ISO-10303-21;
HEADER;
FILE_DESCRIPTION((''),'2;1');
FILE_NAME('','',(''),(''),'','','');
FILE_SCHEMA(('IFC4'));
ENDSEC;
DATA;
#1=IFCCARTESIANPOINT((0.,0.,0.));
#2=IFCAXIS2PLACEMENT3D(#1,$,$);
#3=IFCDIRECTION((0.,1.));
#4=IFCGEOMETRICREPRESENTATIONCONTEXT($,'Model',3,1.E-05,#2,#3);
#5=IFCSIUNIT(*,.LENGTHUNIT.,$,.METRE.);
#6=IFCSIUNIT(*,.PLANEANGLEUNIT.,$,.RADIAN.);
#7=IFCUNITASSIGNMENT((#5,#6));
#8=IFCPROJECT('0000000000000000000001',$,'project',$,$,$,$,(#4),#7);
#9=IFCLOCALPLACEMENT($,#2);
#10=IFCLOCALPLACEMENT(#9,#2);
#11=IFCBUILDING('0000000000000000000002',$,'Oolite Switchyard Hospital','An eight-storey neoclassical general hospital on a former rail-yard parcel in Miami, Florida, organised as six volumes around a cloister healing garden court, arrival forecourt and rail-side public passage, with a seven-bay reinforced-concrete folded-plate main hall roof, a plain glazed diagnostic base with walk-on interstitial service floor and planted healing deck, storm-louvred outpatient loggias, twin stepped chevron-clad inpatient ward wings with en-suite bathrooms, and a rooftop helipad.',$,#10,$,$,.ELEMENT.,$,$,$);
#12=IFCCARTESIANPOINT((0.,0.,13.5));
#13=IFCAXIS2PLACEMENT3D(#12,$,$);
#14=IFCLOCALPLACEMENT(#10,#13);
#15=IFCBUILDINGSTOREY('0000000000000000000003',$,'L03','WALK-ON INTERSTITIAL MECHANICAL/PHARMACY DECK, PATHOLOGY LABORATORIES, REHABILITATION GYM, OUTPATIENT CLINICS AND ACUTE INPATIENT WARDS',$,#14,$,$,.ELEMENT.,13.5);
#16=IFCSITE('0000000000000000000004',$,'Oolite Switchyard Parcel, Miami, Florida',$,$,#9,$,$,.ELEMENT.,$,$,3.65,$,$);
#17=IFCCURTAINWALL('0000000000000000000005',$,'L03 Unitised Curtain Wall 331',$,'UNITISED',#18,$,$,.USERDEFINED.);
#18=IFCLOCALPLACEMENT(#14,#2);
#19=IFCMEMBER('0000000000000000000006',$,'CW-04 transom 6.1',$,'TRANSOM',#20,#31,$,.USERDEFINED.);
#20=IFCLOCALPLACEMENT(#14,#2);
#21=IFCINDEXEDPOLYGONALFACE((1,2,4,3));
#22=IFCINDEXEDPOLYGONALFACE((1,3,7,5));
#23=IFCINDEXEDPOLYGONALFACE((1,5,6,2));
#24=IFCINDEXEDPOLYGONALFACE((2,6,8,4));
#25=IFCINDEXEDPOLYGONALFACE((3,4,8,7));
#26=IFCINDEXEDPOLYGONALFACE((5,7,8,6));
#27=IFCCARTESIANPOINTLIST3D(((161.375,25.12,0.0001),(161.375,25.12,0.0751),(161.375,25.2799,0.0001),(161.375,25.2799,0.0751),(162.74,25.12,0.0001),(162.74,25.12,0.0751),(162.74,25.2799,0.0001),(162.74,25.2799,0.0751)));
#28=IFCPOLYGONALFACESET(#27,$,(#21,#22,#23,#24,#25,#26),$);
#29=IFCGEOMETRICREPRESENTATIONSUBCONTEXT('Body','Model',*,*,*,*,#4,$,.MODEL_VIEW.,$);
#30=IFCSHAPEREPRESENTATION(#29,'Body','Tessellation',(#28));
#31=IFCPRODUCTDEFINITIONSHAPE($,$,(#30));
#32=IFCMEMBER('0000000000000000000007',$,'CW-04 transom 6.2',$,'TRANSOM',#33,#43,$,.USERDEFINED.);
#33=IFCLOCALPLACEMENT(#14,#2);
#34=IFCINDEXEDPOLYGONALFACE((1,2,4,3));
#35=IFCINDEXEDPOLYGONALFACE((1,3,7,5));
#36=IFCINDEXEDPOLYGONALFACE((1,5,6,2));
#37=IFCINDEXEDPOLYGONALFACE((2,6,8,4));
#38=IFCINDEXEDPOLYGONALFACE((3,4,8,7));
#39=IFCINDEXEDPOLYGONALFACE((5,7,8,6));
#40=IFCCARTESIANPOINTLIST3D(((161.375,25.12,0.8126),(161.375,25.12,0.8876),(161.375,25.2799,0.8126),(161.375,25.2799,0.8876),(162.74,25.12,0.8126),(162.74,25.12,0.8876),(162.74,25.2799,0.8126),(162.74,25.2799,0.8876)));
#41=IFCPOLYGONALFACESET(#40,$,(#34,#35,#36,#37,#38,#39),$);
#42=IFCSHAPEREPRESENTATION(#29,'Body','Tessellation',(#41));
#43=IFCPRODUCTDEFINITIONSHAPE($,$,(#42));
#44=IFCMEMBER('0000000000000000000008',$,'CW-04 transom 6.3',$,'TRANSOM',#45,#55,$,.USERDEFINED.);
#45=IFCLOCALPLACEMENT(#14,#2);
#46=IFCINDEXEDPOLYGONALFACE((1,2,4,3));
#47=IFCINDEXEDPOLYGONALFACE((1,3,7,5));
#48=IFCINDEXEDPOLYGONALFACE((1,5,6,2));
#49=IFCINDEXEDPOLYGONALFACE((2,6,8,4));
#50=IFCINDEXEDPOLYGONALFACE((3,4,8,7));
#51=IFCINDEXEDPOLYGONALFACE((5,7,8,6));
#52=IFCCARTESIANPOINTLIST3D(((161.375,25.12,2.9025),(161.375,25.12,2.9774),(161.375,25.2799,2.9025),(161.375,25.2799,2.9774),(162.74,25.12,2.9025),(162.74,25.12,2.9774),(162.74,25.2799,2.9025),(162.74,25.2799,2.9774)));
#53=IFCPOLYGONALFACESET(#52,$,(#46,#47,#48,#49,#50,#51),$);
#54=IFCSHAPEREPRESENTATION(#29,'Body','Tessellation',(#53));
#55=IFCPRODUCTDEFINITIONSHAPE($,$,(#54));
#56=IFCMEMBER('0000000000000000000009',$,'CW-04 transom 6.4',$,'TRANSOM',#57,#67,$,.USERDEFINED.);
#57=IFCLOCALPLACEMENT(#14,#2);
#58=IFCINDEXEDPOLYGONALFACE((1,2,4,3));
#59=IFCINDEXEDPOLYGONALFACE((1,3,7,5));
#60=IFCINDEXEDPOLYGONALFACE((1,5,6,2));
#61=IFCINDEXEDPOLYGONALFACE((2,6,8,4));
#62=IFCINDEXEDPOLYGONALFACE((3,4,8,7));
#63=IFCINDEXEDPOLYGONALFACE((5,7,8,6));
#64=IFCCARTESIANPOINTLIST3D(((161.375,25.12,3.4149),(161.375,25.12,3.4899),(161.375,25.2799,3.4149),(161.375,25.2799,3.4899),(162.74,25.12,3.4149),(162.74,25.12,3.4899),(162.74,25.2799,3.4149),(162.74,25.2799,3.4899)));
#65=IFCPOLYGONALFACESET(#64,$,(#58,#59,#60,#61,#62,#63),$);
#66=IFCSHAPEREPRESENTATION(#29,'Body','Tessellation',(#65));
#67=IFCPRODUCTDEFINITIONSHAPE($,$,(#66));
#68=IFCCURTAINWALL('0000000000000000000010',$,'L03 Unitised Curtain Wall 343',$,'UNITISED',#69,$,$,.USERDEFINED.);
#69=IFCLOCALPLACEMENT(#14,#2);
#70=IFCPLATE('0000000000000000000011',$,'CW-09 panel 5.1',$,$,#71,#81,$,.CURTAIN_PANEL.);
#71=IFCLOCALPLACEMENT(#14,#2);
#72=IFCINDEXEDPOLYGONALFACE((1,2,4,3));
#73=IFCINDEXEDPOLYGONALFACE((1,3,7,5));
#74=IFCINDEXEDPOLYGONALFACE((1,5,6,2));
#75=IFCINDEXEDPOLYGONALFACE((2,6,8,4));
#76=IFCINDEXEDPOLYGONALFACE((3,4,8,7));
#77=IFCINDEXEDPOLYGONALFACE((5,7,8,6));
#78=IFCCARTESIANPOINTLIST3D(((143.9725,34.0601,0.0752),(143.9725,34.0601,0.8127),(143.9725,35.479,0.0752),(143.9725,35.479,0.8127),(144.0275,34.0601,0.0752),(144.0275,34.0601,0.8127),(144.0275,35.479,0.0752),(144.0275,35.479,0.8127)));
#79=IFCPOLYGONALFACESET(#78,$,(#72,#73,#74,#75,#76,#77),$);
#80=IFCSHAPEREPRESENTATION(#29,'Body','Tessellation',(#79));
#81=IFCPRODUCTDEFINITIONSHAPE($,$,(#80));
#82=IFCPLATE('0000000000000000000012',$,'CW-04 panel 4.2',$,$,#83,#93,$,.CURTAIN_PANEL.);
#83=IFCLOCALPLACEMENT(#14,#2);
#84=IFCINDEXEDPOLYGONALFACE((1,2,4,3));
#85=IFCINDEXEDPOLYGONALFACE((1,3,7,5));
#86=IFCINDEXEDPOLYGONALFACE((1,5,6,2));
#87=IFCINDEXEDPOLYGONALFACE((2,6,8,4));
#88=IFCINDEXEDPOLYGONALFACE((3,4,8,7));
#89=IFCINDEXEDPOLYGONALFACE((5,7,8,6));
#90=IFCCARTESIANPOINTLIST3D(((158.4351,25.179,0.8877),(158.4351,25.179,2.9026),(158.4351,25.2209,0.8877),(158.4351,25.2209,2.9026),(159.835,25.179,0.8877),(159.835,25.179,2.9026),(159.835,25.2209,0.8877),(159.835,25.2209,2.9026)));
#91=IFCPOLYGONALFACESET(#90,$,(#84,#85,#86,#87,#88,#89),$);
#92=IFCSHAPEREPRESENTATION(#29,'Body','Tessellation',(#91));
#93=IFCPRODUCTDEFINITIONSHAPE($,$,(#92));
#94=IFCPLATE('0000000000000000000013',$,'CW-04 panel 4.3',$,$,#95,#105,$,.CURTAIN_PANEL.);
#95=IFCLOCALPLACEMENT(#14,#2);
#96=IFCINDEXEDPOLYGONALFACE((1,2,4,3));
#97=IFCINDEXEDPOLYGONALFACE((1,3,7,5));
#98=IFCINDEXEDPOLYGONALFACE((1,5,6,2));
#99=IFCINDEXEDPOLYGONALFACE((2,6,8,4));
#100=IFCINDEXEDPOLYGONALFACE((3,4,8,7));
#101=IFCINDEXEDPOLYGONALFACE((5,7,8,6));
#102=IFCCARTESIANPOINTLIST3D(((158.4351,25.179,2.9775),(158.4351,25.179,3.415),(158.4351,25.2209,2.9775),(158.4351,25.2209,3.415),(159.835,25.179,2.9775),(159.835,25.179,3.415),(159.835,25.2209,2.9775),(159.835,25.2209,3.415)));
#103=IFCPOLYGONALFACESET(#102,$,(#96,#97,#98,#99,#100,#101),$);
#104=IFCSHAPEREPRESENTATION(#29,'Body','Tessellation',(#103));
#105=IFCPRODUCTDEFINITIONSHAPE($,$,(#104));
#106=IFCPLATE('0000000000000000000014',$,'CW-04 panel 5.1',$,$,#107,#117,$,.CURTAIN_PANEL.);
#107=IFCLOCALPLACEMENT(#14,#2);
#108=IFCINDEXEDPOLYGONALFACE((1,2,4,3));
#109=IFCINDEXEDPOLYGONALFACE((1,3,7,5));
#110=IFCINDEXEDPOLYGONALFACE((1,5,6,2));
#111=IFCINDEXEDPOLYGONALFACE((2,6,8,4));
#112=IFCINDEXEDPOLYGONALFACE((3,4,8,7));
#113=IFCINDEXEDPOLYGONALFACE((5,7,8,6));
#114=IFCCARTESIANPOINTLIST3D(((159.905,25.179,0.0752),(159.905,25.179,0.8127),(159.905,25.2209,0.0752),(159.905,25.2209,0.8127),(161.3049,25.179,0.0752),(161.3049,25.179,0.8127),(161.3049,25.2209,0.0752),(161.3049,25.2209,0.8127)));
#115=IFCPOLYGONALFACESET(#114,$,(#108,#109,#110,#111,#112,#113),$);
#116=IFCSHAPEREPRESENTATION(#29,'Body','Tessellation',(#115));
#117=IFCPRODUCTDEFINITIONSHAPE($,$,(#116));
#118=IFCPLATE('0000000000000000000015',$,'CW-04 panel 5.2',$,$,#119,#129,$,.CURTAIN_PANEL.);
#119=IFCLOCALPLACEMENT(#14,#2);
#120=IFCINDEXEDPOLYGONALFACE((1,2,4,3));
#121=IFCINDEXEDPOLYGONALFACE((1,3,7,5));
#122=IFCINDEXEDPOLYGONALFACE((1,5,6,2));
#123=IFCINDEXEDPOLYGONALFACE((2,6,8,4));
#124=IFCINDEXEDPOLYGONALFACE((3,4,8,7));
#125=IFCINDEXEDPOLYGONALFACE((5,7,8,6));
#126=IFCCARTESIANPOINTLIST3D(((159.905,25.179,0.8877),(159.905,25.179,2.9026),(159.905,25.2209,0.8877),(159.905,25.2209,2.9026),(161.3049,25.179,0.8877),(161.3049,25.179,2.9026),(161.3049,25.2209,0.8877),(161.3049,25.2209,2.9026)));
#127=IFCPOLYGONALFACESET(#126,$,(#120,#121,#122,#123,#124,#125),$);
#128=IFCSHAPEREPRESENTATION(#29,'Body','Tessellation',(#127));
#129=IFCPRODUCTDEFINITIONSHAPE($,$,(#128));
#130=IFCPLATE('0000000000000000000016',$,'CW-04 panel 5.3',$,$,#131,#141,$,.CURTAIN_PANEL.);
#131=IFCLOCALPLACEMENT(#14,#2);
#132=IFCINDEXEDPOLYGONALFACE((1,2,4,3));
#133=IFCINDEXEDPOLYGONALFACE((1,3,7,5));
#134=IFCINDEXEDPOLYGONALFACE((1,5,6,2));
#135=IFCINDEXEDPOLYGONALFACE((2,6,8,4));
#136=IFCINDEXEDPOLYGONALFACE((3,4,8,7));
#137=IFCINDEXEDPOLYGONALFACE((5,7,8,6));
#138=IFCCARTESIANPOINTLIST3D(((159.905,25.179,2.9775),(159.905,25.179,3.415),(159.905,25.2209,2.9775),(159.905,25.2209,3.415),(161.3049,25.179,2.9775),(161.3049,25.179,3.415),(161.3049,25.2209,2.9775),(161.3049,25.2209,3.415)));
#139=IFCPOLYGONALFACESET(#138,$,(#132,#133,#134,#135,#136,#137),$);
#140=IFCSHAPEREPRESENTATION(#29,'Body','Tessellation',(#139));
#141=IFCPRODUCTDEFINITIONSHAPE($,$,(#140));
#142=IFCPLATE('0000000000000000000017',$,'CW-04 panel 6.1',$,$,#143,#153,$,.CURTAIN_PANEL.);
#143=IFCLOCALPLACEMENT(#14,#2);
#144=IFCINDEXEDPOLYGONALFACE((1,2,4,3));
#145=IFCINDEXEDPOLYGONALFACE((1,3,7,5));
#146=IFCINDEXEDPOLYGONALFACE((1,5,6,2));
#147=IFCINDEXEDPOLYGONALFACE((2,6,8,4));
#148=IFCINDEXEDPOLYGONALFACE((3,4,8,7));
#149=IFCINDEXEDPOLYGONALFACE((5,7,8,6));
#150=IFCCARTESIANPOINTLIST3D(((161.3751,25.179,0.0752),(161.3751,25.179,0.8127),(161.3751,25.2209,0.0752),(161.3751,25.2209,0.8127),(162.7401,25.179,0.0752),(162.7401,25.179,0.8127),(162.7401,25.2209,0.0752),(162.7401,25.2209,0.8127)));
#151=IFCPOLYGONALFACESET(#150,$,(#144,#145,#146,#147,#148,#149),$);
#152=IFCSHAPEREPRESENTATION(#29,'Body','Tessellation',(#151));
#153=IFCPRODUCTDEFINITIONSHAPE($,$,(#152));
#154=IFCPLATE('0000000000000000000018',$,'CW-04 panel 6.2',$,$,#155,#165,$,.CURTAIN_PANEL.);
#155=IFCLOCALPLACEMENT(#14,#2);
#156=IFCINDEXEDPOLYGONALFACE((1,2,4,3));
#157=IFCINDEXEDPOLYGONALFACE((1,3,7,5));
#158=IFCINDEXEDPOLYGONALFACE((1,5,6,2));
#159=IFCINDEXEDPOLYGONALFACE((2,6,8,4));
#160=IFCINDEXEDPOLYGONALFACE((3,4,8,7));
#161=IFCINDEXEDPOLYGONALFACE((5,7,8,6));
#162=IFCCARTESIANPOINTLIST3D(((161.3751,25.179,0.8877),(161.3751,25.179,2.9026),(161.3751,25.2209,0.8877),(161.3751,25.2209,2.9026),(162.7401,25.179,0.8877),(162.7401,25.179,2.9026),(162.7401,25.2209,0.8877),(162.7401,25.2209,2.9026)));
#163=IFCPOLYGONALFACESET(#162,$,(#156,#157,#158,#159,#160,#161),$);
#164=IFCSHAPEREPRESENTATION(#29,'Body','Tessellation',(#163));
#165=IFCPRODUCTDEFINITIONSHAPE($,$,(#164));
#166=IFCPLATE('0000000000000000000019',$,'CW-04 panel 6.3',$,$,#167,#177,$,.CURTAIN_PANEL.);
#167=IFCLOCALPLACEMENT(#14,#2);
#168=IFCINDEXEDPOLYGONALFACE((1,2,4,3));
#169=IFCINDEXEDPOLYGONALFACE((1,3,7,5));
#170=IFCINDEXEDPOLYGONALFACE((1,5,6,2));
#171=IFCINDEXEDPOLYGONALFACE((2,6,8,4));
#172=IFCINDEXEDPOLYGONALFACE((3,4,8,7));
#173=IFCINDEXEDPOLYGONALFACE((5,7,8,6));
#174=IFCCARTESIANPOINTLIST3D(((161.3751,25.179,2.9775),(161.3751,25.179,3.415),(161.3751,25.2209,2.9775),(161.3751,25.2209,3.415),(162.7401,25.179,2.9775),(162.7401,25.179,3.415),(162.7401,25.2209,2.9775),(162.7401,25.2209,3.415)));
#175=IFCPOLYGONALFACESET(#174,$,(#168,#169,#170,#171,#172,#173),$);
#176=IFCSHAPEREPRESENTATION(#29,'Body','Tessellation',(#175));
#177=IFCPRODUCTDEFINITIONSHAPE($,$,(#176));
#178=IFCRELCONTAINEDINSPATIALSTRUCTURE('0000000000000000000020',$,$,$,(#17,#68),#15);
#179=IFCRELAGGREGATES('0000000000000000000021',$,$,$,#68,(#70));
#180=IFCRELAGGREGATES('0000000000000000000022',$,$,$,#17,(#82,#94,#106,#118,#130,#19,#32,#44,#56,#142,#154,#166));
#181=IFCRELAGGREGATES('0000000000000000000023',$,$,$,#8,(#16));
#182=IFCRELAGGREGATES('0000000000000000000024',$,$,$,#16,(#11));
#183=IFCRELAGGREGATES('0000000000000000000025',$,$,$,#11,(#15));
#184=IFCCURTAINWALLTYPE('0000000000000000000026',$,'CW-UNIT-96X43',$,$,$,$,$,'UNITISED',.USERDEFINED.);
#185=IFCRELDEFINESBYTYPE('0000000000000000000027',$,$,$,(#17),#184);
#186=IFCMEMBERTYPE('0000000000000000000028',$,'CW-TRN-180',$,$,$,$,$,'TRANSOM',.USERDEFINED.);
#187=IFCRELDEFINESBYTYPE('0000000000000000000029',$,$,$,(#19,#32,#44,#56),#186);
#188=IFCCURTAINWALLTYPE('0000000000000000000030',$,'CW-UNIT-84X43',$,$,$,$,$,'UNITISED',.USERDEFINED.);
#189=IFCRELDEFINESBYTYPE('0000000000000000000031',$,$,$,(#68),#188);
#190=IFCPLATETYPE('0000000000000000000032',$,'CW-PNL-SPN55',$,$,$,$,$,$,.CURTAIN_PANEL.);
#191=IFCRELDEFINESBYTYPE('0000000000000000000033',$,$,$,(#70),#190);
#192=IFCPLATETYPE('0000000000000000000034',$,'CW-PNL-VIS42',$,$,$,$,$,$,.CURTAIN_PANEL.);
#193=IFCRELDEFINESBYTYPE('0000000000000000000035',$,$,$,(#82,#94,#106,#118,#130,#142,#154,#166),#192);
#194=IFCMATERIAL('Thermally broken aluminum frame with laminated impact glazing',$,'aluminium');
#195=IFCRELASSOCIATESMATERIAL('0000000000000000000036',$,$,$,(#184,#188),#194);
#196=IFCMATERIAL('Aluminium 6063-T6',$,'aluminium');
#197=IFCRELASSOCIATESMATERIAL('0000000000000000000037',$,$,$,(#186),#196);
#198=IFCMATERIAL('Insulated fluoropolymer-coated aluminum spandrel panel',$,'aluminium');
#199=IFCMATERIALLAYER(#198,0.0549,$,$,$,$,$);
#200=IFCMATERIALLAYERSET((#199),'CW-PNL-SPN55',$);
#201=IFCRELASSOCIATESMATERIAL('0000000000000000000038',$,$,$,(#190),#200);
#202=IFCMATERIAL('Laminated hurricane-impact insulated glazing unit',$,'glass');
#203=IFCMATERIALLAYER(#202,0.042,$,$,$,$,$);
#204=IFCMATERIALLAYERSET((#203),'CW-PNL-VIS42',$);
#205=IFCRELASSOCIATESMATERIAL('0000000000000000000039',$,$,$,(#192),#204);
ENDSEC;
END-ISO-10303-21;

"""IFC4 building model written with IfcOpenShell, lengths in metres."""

from ifc_helpers import new_model, si_unit, direction, frame, origin, origin_2d, place, context, subcontext, project, spatial, rectangle, extrude, material, layer, layer_set, material_profile, profile_set, type_object, element, aggregate, save


model = new_model("IFC4")

# Units and contexts
model_context = context("Model", 3, precision=1e-05, world=origin(), true_north=direction((0.0, 1.0)))
body_context = subcontext(model_context, "Body", "Model", "MODEL_VIEW")
ifc_project = project(units=[si_unit("LENGTHUNIT", "METRE"), si_unit("PLANEANGLEUNIT", "RADIAN")], contexts=[model_context])

# Site, building, storey
site_placement = place(None, origin())
site = spatial("IfcSite", under=ifc_project, at=site_placement, Name="Oolite Switchyard Parcel, Miami, Florida", CompositionType="ELEMENT", RefElevation=3.65)
building_placement = place(site_placement, origin())
building = spatial("IfcBuilding", under=site, at=building_placement, Name="Oolite Switchyard Hospital", Description="An eight-storey neoclassical general hospital on a former rail-yard parcel in Miami, Florida, organised as six volumes around a cloister healing garden court, arrival forecourt and rail-side public passage, with a seven-bay reinforced-concrete folded-plate main hall roof, a plain glazed diagnostic base with walk-on interstitial service floor and planted healing deck, storm-louvred outpatient loggias, twin stepped chevron-clad inpatient ward wings with en-suite bathrooms, and a rooftop helipad.", CompositionType="ELEMENT")
storey_placement = place(building_placement, frame((0.0, 0.0, 13.5)))
storey = spatial("IfcBuildingStorey", under=building, at=storey_placement, Name="L03", Description="WALK-ON INTERSTITIAL MECHANICAL/PHARMACY DECK, PATHOLOGY LABORATORIES, REHABILITATION GYM, OUTPATIENT CLINICS AND ACUTE INPATIENT WARDS", CompositionType="ELEMENT", Elevation=13.5)

# Curtain wall
ifc_material_1 = material(Name="Thermally broken aluminum frame with laminated impact glazing", Category="aluminium")
curtain_wall_type_1 = type_object("IfcCurtainWallType", Name="CW-UNIT-96X43", ElementType="UNITISED", PredefinedType="USERDEFINED", material=ifc_material_1)
curtain_wall_1_placement = place(storey_placement, origin())
curtain_wall_1 = element("IfcCurtainWall", 1, at=curtain_wall_1_placement, inside=storey, type_object=curtain_wall_type_1, Name="L03 Unitised Curtain Wall 331", ObjectType="UNITISED", PredefinedType="USERDEFINED")
ifc_material_2 = material(Name="Aluminium 6063-T6", Category="aluminium")

# Members
ifc_material_profile_1 = material_profile(ifc_material_2, rectangle(XDim=0.1599, YDim=0.075, at=origin_2d()), Name="CWT75X160")
ifc_profile_set_1 = profile_set([ifc_material_profile_1], Name="Aluminium 6063-T6")
member_type_1 = type_object("IfcMemberType", Name="CW-TRN-180", ElementType="TRANSOM", PredefinedType="USERDEFINED", material=ifc_profile_set_1)
member_1_placement = place(storey_placement, frame((161.375, 25.2, 0.0376), z_axis=(1.0, 0.0, 0.0), x_axis=(0.0, 1.0, 0.0)))
member_1 = element("IfcMember", 2, at=member_1_placement, type_object=member_type_1, Name="CW-04 transom 6.1", ObjectType="TRANSOM", PredefinedType="USERDEFINED", context=body_context, shape_type="SweptSolid", body=[
    extrude(rectangle(XDim=0.1599, YDim=0.075, at=origin_2d()), origin(), (0.0, 0.0, 1.0), 1.365),
])
member_2_placement = place(storey_placement, frame((161.375, 25.2, 0.8501), z_axis=(1.0, 0.0, 0.0), x_axis=(0.0, 1.0, 0.0)))
member_2 = element("IfcMember", 3, at=member_2_placement, type_object=member_type_1, Name="CW-04 transom 6.2", ObjectType="TRANSOM", PredefinedType="USERDEFINED", context=body_context, shape_type="SweptSolid", body=[
    extrude(rectangle(XDim=0.1599, YDim=0.075, at=origin_2d()), origin(), (0.0, 0.0, 1.0), 1.365),
])
member_3_placement = place(storey_placement, frame((161.375, 25.2, 2.9399), z_axis=(1.0, 0.0, 0.0), x_axis=(0.0, 1.0, 0.0)))
member_3 = element("IfcMember", 4, at=member_3_placement, type_object=member_type_1, Name="CW-04 transom 6.3", ObjectType="TRANSOM", PredefinedType="USERDEFINED", context=body_context, shape_type="SweptSolid", body=[
    extrude(rectangle(XDim=0.1599, YDim=0.075, at=origin_2d()), origin(), (0.0, 0.0, 1.0), 1.365),
])
member_4_placement = place(storey_placement, frame((161.375, 25.2, 3.4524), z_axis=(1.0, 0.0, 0.0), x_axis=(0.0, 1.0, 0.0)))
member_4 = element("IfcMember", 5, at=member_4_placement, type_object=member_type_1, Name="CW-04 transom 6.4", ObjectType="TRANSOM", PredefinedType="USERDEFINED", context=body_context, shape_type="SweptSolid", body=[
    extrude(rectangle(XDim=0.1599, YDim=0.075, at=origin_2d()), origin(), (0.0, 0.0, 1.0), 1.365),
])

# Curtain wall, plate
curtain_wall_type_2 = type_object("IfcCurtainWallType", Name="CW-UNIT-84X43", ElementType="UNITISED", PredefinedType="USERDEFINED", material=ifc_material_1)
curtain_wall_2_placement = place(storey_placement, origin())
curtain_wall_2 = element("IfcCurtainWall", 6, at=curtain_wall_2_placement, inside=storey, type_object=curtain_wall_type_2, Name="L03 Unitised Curtain Wall 343", ObjectType="UNITISED", PredefinedType="USERDEFINED")
ifc_material_3 = material(Name="Insulated fluoropolymer-coated aluminum spandrel panel", Category="aluminium")
ifc_layer_1 = layer(ifc_material_3, 0.0549)
ifc_layer_set_1 = layer_set([ifc_layer_1], Name="CW-PNL-SPN55")
plate_type_1 = type_object("IfcPlateType", Name="CW-PNL-SPN55", PredefinedType="CURTAIN_PANEL", material=ifc_layer_set_1)
plate_1_placement = place(storey_placement, frame((144.0, 34.7695, 0.0752), z_axis=(0.0, 0.0, 1.0), x_axis=(0.0, -1.0, 0.0)))
plate_1 = element("IfcPlate", 7, at=plate_1_placement, type_object=plate_type_1, Name="CW-09 panel 5.1", PredefinedType="CURTAIN_PANEL", context=body_context, shape_type="SweptSolid", body=[
    extrude(rectangle(XDim=1.4189, YDim=0.0549, at=origin_2d()), origin(), (0.0, 0.0, 1.0), 0.7375),
])
aggregate(curtain_wall_2, [plate_1])

# Plates
ifc_material_4 = material(Name="Laminated hurricane-impact insulated glazing unit", Category="glass")
ifc_layer_2 = layer(ifc_material_4, 0.042)
ifc_layer_set_2 = layer_set([ifc_layer_2], Name="CW-PNL-VIS42")
plate_type_2 = type_object("IfcPlateType", Name="CW-PNL-VIS42", PredefinedType="CURTAIN_PANEL", material=ifc_layer_set_2)
plate_2_placement = place(storey_placement, frame((159.135, 25.2, 0.8877), z_axis=(0.0, 0.0, 1.0), x_axis=(1.0, 0.0, 0.0)))
plate_2 = element("IfcPlate", 8, at=plate_2_placement, type_object=plate_type_2, Name="CW-04 panel 4.2", PredefinedType="CURTAIN_PANEL", context=body_context, shape_type="SweptSolid", body=[
    extrude(rectangle(XDim=1.3999, YDim=0.042, at=origin_2d()), origin(), (0.0, 0.0, 1.0), 2.0149),
])
plate_3_placement = place(storey_placement, frame((159.135, 25.2, 2.9775), z_axis=(0.0, 0.0, 1.0), x_axis=(1.0, 0.0, 0.0)))
plate_3 = element("IfcPlate", 9, at=plate_3_placement, type_object=plate_type_2, Name="CW-04 panel 4.3", PredefinedType="CURTAIN_PANEL", context=body_context, shape_type="SweptSolid", body=[
    extrude(rectangle(XDim=1.3999, YDim=0.042, at=origin_2d()), origin(), (0.0, 0.0, 1.0), 0.4375),
])
plate_4_placement = place(storey_placement, frame((160.605, 25.2, 0.0752), z_axis=(0.0, 0.0, 1.0), x_axis=(1.0, 0.0, 0.0)))
plate_4 = element("IfcPlate", 10, at=plate_4_placement, type_object=plate_type_2, Name="CW-04 panel 5.1", PredefinedType="CURTAIN_PANEL", context=body_context, shape_type="SweptSolid", body=[
    extrude(rectangle(XDim=1.3999, YDim=0.042, at=origin_2d()), origin(), (0.0, 0.0, 1.0), 0.7375),
])
plate_5_placement = place(storey_placement, frame((160.605, 25.2, 0.8877), z_axis=(0.0, 0.0, 1.0), x_axis=(1.0, 0.0, 0.0)))
plate_5 = element("IfcPlate", 11, at=plate_5_placement, type_object=plate_type_2, Name="CW-04 panel 5.2", PredefinedType="CURTAIN_PANEL", context=body_context, shape_type="SweptSolid", body=[
    extrude(rectangle(XDim=1.3999, YDim=0.042, at=origin_2d()), origin(), (0.0, 0.0, 1.0), 2.0149),
])
plate_6_placement = place(storey_placement, frame((160.605, 25.2, 2.9775), z_axis=(0.0, 0.0, 1.0), x_axis=(1.0, 0.0, 0.0)))
plate_6 = element("IfcPlate", 12, at=plate_6_placement, type_object=plate_type_2, Name="CW-04 panel 5.3", PredefinedType="CURTAIN_PANEL", context=body_context, shape_type="SweptSolid", body=[
    extrude(rectangle(XDim=1.3999, YDim=0.042, at=origin_2d()), origin(), (0.0, 0.0, 1.0), 0.4375),
])
plate_7_placement = place(storey_placement, frame((162.0576, 25.2, 0.0752), z_axis=(0.0, 0.0, 1.0), x_axis=(1.0, 0.0, 0.0)))
plate_7 = element("IfcPlate", 13, at=plate_7_placement, type_object=plate_type_2, Name="CW-04 panel 6.1", PredefinedType="CURTAIN_PANEL", context=body_context, shape_type="SweptSolid", body=[
    extrude(rectangle(XDim=1.365, YDim=0.042, at=origin_2d()), origin(), (0.0, 0.0, 1.0), 0.7375),
])
plate_8_placement = place(storey_placement, frame((162.0576, 25.2, 0.8877), z_axis=(0.0, 0.0, 1.0), x_axis=(1.0, 0.0, 0.0)))
plate_8 = element("IfcPlate", 14, at=plate_8_placement, type_object=plate_type_2, Name="CW-04 panel 6.2", PredefinedType="CURTAIN_PANEL", context=body_context, shape_type="SweptSolid", body=[
    extrude(rectangle(XDim=1.365, YDim=0.042, at=origin_2d()), origin(), (0.0, 0.0, 1.0), 2.0149),
])
plate_9_placement = place(storey_placement, frame((162.0576, 25.2, 2.9775), z_axis=(0.0, 0.0, 1.0), x_axis=(1.0, 0.0, 0.0)))
plate_9 = element("IfcPlate", 15, at=plate_9_placement, type_object=plate_type_2, Name="CW-04 panel 6.3", PredefinedType="CURTAIN_PANEL", context=body_context, shape_type="SweptSolid", body=[
    extrude(rectangle(XDim=1.365, YDim=0.042, at=origin_2d()), origin(), (0.0, 0.0, 1.0), 0.4375),
])
aggregate(curtain_wall_1, [plate_2, plate_3, plate_4, plate_5, plate_6, member_1, member_2, member_3, member_4, plate_7, plate_8, plate_9])

save(model, "model.ifc")
